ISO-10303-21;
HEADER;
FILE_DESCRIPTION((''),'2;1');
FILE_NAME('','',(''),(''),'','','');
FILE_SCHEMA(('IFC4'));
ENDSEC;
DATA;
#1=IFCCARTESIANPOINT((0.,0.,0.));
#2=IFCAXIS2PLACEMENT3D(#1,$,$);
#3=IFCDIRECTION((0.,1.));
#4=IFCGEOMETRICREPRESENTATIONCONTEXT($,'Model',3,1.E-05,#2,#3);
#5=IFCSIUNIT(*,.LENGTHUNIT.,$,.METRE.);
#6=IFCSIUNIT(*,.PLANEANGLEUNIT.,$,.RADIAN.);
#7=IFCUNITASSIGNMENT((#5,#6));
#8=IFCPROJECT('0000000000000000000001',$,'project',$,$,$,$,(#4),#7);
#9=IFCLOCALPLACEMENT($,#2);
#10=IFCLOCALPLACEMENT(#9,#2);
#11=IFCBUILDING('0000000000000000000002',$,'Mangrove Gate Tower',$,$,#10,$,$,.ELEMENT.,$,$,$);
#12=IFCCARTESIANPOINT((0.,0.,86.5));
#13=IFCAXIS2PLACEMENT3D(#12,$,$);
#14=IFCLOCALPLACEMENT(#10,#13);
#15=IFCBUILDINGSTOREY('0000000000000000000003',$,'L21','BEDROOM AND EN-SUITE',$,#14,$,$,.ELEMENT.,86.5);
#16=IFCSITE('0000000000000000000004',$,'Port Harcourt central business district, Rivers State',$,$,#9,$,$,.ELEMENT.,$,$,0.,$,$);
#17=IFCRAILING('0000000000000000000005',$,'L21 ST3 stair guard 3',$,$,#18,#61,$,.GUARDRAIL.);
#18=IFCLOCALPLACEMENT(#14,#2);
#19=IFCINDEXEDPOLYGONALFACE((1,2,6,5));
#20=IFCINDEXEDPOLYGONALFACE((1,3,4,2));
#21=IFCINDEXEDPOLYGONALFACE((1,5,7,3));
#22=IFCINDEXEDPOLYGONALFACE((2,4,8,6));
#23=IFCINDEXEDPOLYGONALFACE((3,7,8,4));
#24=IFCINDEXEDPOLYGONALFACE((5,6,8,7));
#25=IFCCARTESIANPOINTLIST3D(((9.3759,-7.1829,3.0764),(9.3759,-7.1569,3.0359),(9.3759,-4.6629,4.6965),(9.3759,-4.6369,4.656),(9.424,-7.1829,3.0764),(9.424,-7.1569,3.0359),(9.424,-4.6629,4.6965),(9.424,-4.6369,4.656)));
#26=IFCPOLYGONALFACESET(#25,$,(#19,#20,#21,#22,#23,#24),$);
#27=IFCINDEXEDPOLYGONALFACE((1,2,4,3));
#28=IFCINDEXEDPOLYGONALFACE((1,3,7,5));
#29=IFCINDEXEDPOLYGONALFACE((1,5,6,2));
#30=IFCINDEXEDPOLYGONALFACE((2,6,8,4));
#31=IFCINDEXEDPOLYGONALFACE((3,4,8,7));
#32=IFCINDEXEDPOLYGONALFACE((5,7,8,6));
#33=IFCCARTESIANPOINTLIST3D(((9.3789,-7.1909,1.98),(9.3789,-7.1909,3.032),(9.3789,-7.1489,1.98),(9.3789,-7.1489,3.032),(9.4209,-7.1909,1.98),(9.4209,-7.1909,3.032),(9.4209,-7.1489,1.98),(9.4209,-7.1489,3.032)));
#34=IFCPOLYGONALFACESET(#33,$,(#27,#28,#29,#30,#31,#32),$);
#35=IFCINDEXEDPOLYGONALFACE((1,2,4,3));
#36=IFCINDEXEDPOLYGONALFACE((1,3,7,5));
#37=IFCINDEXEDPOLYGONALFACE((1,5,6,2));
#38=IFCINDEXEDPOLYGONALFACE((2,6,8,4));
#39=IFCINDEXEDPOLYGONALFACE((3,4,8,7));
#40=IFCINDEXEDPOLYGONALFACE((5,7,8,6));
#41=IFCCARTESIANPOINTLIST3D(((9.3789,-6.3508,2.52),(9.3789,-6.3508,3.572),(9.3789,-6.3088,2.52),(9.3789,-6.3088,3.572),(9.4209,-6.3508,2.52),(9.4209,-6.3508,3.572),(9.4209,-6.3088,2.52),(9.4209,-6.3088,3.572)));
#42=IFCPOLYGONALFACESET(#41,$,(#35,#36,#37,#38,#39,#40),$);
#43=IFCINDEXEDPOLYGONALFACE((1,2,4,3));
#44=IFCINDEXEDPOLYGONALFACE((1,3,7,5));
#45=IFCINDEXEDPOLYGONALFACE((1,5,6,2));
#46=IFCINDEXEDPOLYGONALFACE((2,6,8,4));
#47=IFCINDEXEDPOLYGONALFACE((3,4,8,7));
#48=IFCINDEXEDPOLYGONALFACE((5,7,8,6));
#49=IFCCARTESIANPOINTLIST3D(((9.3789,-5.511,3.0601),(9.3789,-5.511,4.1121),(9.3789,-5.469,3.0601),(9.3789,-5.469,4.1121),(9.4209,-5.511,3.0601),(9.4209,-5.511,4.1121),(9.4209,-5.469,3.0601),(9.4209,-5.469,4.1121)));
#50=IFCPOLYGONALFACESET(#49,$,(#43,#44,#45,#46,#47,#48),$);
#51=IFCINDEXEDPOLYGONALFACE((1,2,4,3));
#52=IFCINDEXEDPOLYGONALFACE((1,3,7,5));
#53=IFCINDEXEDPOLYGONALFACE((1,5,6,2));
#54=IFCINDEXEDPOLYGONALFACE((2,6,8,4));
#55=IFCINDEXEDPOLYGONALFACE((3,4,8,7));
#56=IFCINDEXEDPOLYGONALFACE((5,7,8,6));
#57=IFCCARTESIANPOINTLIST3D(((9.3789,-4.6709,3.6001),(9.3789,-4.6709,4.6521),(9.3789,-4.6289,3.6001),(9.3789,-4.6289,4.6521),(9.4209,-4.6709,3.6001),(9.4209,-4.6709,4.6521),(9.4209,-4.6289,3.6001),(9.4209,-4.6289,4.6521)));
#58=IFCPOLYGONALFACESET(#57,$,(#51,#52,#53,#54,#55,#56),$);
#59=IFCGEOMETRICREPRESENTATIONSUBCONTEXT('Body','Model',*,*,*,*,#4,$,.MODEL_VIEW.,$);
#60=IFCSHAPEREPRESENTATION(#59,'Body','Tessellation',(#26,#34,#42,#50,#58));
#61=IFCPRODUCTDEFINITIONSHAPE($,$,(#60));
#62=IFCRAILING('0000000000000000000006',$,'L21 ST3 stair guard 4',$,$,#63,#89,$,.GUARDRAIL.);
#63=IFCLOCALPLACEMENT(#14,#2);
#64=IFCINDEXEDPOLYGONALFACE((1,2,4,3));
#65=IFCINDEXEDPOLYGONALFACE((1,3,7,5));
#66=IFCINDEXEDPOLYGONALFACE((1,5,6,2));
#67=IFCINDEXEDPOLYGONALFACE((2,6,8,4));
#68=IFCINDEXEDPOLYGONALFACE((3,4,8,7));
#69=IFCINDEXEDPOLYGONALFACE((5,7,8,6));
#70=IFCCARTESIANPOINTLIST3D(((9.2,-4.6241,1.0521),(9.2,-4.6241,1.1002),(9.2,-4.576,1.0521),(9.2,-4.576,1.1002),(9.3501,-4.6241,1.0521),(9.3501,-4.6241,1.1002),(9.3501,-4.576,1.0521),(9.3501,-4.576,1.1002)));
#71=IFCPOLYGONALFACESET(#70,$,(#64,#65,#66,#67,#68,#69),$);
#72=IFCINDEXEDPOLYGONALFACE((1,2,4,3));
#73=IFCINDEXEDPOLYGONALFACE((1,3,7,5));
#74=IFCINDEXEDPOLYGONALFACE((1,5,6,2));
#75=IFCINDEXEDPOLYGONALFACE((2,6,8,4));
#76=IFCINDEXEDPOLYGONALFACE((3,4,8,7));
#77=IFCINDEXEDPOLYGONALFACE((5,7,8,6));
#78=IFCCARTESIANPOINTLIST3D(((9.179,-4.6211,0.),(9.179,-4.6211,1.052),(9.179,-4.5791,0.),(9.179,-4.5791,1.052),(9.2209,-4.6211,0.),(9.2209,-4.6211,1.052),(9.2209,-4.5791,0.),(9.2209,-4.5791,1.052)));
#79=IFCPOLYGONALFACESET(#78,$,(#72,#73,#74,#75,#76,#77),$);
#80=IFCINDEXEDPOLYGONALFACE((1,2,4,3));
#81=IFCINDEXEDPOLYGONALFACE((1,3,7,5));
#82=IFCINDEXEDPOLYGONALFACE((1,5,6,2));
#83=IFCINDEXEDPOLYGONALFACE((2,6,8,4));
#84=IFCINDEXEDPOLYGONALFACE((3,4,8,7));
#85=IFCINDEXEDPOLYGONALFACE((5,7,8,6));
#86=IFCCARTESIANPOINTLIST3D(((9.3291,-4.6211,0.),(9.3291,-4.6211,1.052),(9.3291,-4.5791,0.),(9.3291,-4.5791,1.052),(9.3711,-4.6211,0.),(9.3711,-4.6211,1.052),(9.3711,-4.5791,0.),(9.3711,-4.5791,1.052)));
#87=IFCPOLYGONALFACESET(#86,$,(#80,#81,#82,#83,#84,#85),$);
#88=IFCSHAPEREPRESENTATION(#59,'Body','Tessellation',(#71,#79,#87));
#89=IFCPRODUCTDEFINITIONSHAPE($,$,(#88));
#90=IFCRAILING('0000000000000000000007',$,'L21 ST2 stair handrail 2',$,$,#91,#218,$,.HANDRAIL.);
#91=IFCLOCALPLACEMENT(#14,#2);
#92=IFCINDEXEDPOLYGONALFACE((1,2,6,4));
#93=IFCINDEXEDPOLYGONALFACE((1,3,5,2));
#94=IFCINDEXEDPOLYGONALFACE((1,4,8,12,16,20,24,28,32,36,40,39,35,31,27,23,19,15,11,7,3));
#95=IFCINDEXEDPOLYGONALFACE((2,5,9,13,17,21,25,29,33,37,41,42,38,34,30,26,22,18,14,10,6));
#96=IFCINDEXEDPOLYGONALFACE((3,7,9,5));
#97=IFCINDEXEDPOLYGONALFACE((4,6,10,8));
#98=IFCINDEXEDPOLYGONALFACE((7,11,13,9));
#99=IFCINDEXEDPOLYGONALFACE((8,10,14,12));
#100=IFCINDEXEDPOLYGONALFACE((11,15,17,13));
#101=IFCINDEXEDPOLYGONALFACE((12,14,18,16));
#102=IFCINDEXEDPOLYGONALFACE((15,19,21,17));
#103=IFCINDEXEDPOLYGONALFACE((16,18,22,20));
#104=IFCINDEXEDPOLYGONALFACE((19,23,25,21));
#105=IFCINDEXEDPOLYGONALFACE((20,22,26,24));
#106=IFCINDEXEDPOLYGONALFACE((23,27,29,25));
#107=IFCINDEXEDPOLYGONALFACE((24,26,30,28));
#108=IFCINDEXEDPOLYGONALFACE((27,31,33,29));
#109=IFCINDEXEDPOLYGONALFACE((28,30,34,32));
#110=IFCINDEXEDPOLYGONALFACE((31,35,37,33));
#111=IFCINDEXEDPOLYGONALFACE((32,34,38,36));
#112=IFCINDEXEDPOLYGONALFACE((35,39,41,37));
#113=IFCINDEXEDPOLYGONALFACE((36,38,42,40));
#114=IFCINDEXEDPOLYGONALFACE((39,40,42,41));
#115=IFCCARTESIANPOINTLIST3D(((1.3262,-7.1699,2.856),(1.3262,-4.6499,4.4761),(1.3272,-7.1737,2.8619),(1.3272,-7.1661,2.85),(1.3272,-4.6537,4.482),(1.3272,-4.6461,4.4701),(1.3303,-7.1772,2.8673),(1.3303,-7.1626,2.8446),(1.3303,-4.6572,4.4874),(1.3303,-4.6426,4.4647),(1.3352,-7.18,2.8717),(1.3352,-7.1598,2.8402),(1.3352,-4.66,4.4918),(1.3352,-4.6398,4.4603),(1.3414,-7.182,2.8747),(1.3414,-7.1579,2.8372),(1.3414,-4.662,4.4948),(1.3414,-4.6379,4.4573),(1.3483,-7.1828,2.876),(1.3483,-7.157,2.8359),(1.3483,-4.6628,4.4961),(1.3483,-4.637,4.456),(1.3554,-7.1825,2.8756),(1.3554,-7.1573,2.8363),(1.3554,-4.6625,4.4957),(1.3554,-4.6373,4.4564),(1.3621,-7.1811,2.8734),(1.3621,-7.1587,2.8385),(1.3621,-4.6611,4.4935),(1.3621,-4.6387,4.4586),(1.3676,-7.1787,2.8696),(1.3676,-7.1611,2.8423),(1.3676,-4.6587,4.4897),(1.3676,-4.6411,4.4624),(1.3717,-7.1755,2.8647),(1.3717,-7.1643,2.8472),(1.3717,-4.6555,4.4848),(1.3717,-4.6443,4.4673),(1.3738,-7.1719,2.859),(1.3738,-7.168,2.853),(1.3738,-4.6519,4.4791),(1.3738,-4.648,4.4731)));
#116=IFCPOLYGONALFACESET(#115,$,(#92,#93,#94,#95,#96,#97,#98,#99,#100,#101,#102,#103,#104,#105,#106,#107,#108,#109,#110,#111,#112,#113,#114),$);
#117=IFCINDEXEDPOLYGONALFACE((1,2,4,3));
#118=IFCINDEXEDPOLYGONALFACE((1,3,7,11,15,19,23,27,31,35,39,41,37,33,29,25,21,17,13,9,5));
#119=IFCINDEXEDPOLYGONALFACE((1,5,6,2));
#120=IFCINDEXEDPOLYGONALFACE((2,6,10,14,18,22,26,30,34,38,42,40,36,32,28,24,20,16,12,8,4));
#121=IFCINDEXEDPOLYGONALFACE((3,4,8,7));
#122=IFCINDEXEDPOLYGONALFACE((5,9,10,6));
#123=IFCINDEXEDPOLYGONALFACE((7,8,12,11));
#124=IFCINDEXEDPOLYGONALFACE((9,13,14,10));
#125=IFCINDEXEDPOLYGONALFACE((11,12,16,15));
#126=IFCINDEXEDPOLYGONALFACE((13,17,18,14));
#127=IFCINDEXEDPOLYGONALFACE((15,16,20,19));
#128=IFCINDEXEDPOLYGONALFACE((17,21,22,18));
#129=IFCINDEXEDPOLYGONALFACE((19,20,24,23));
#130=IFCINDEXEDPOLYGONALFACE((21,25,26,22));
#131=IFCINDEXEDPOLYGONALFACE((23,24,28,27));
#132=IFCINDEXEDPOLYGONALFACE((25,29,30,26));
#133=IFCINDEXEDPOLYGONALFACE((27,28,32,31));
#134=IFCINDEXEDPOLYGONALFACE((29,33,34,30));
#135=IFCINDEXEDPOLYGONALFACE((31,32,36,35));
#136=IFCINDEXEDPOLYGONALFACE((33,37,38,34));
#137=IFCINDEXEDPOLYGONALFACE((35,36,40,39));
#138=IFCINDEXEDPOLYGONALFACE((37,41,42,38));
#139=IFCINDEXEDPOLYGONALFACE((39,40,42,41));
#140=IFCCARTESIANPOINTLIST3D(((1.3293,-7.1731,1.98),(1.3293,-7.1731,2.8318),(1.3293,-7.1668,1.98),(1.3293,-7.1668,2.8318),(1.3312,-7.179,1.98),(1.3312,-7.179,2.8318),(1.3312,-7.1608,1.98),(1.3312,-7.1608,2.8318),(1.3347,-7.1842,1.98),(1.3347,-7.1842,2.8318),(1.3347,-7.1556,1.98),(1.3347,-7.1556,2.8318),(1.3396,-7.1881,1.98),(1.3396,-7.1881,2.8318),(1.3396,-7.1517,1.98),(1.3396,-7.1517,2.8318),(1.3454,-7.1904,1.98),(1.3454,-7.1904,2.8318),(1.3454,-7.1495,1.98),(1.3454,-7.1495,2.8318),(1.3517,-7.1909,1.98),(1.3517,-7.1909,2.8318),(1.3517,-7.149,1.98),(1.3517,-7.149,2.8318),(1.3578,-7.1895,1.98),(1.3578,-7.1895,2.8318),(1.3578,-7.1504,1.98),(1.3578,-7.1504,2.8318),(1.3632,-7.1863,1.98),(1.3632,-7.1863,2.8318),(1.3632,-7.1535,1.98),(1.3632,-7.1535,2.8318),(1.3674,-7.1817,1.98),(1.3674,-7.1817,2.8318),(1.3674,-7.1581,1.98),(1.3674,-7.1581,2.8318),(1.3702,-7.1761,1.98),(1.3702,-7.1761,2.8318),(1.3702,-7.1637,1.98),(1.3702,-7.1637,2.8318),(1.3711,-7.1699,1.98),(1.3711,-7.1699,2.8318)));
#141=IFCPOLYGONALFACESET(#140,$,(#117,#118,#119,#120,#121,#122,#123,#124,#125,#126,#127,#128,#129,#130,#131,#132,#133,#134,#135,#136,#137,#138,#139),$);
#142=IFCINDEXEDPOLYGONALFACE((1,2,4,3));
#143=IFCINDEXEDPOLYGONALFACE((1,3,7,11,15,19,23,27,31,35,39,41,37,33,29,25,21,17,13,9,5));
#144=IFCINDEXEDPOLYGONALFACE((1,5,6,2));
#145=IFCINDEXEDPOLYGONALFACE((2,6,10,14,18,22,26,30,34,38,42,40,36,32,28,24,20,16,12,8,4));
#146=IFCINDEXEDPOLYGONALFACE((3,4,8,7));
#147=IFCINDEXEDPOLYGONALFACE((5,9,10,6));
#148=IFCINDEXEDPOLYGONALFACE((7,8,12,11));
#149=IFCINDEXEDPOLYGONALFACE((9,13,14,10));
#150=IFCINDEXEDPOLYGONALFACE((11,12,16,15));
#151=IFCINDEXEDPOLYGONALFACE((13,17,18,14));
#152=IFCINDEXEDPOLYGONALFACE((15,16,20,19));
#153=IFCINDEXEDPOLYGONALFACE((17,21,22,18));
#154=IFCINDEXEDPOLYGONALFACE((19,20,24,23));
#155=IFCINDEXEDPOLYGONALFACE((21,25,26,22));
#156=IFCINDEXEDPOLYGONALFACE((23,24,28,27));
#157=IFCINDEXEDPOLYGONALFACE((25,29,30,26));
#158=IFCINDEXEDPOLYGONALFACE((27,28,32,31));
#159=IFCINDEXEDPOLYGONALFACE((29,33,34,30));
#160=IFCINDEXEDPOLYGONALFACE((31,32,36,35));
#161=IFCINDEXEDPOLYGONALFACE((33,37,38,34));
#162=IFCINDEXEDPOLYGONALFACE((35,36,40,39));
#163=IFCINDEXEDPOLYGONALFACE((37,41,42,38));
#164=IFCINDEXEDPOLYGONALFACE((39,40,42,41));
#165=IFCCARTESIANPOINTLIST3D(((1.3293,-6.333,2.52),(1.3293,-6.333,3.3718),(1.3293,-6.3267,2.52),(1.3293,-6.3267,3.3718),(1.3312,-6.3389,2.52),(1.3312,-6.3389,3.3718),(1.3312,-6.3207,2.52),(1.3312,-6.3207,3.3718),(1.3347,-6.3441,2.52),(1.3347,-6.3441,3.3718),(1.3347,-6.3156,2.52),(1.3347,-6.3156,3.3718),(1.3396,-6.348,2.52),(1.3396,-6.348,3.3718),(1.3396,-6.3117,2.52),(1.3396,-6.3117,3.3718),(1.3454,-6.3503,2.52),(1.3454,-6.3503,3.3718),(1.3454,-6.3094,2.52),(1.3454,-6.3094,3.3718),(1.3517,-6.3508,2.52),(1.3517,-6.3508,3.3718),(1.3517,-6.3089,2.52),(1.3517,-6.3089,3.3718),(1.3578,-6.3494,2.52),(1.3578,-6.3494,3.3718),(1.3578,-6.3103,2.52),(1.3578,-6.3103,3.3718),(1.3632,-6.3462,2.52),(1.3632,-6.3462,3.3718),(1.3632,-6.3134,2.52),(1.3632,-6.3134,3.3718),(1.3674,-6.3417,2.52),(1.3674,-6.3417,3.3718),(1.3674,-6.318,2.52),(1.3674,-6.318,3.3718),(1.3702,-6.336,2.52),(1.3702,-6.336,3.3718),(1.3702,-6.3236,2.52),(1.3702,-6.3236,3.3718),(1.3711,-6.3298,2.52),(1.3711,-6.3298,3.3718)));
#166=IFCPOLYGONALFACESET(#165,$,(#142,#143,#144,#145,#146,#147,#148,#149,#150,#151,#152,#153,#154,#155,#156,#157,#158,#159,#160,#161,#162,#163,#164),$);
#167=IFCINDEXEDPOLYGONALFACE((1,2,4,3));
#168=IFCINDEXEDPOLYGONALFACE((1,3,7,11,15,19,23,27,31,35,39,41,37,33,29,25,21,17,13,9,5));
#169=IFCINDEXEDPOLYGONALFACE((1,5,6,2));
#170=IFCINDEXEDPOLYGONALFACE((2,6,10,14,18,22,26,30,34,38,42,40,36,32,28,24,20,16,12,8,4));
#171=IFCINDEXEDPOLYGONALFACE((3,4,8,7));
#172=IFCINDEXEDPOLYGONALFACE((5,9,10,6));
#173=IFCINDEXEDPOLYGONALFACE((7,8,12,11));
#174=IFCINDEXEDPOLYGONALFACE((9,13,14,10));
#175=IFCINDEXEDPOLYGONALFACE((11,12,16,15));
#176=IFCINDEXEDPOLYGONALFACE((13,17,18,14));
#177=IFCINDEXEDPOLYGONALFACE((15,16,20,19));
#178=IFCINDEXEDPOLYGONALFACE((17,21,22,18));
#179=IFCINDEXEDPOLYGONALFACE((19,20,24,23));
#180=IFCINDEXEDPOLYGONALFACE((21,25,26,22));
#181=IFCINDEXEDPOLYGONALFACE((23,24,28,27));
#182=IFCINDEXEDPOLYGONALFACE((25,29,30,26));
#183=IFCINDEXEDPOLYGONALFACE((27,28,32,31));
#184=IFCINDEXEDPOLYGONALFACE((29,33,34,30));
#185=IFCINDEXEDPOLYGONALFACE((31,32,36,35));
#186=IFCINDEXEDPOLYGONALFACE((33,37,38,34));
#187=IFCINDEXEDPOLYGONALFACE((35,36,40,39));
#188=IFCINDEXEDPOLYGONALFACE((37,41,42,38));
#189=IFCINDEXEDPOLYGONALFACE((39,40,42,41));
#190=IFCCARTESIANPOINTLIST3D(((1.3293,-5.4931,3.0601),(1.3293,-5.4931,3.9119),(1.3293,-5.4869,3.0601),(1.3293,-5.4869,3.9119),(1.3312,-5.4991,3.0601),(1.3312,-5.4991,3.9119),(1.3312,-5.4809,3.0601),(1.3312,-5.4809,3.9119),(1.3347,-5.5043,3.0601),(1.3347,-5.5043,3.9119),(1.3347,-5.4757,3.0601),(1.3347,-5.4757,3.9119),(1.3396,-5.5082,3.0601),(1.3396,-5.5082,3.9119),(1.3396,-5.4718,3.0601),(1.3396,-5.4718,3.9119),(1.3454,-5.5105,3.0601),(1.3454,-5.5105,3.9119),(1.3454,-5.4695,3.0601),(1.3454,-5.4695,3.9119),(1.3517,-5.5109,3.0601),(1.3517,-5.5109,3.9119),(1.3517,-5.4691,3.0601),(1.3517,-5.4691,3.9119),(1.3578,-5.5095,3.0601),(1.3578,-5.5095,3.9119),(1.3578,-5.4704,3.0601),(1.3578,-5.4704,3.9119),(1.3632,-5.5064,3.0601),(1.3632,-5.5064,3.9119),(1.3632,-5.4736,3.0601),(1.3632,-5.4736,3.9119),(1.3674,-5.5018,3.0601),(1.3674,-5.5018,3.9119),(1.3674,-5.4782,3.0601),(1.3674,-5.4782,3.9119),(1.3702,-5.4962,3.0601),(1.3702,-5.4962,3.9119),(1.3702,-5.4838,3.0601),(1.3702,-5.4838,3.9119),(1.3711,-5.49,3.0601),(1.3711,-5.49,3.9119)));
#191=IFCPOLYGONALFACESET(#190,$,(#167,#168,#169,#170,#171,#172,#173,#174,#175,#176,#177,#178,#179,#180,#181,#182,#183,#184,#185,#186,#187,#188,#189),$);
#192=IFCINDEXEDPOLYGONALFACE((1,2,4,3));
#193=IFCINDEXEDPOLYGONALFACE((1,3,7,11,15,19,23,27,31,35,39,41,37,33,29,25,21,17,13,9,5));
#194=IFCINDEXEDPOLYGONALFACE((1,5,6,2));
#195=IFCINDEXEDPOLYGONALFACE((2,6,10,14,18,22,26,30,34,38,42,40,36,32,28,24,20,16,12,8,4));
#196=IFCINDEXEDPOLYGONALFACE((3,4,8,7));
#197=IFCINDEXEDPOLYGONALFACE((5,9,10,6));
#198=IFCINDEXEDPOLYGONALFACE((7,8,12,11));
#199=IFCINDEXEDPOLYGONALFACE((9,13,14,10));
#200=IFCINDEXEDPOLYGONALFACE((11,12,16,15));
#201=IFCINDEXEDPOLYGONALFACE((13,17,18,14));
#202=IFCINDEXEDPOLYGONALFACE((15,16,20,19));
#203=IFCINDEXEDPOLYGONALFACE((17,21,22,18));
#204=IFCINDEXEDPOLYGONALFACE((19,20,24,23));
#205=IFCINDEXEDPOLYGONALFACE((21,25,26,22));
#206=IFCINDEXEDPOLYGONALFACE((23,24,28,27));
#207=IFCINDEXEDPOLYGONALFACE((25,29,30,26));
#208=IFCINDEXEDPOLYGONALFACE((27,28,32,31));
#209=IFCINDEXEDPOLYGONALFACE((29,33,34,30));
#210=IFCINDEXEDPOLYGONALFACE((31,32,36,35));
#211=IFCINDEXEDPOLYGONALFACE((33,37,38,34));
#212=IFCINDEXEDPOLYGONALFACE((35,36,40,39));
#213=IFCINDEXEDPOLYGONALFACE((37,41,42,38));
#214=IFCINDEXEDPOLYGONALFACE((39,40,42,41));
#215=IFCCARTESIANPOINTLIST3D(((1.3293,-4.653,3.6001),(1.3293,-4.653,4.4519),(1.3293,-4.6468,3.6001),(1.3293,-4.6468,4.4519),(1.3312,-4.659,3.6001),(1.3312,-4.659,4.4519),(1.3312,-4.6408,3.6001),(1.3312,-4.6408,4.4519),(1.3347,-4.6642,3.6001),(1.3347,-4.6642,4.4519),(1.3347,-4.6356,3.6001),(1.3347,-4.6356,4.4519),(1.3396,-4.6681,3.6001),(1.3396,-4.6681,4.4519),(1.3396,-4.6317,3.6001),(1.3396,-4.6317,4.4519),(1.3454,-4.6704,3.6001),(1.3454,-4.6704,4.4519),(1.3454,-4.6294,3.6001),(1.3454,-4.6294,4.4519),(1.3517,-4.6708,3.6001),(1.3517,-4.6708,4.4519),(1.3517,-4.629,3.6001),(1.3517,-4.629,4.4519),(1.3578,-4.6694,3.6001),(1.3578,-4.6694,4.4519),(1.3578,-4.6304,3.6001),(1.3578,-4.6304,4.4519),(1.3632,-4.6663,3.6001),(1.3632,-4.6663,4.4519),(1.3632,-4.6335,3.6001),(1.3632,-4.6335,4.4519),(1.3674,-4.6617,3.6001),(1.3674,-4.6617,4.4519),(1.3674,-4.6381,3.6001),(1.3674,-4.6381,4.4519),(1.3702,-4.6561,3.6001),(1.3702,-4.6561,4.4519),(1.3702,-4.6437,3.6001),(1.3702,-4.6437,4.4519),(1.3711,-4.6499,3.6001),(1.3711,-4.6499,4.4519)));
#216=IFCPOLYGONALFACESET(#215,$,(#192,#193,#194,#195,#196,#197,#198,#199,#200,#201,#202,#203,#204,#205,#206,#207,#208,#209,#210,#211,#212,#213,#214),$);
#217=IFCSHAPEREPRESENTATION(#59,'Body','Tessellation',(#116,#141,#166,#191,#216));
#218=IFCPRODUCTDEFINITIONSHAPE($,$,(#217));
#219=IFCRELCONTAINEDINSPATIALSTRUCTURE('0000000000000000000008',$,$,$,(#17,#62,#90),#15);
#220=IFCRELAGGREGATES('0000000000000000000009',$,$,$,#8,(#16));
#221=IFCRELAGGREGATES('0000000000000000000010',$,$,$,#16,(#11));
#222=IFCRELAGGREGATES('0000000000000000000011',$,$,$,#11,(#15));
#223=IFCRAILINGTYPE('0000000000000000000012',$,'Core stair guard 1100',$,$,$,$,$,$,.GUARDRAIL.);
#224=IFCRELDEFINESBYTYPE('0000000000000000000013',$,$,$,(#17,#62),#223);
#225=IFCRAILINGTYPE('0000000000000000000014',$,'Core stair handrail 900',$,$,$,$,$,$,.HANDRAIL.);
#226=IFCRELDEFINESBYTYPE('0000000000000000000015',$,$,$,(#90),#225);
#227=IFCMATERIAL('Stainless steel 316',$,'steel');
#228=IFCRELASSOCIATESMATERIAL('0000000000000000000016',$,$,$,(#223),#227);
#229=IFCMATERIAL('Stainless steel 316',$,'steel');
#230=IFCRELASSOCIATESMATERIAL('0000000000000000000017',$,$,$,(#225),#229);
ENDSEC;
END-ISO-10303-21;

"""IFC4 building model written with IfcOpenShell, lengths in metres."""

from ifc_helpers import new_model, si_unit, direction, frame, origin, origin_2d, place, context, subcontext, project, spatial, rectangle, circle, extrude, material, type_object, element, save


model = new_model("IFC4")

# Units and contexts
model_context = context("Model", 3, precision=1e-05, world=origin(), true_north=direction((0.0, 1.0)))
body_context = subcontext(model_context, "Body", "Model", "MODEL_VIEW")
ifc_project = project(units=[si_unit("LENGTHUNIT", "METRE"), si_unit("PLANEANGLEUNIT", "RADIAN")], contexts=[model_context])

# Site, building, storey
site_placement = place(None, origin())
site = spatial("IfcSite", under=ifc_project, at=site_placement, Name="Port Harcourt central business district, Rivers State", CompositionType="ELEMENT", RefElevation=0.0)
building_placement = place(site_placement, origin())
building = spatial("IfcBuilding", under=site, at=building_placement, Name="Mangrove Gate Tower", CompositionType="ELEMENT")
storey_placement = place(building_placement, frame((0.0, 0.0, 86.5)))
storey = spatial("IfcBuildingStorey", under=building, at=storey_placement, Name="L21", Description="BEDROOM AND EN-SUITE", CompositionType="ELEMENT", Elevation=86.5)

# Railings
ifc_material_1 = material(Name="Stainless steel 316", Category="steel")
railing_type_1 = type_object("IfcRailingType", Name="Core stair guard 1100", PredefinedType="GUARDRAIL", material=ifc_material_1)
railing_1_placement = place(storey_placement, frame((9.3999, -7.1699, 1.98)))
element("IfcRailing", 1, at=railing_1_placement, inside=storey, type_object=railing_type_1, Name="L21 ST3 stair guard 3", PredefinedType="GUARDRAIL", context=body_context, shape_type="SweptSolid", body=[
    extrude(rectangle(XDim=0.0481, YDim=0.0481, at=origin_2d()), frame((0.0, 0.0, 1.0762), z_axis=(0.0, 0.841163, 0.540782), x_axis=(-1.0, 0.0, 0.0)), (0.0, 0.0, 1.0), 2.9958),
    extrude(rectangle(XDim=0.042, YDim=0.042, at=origin_2d()), origin(), (0.0, 0.0, 1.0), 1.052),
    extrude(rectangle(XDim=0.042, YDim=0.042, at=origin_2d()), frame((0.0, 0.8401, 0.54)), (0.0, 0.0, 1.0), 1.052),
    extrude(rectangle(XDim=0.042, YDim=0.042, at=origin_2d()), frame((0.0, 1.6799, 1.0801)), (0.0, 0.0, 1.0), 1.052),
    extrude(rectangle(XDim=0.042, YDim=0.042, at=origin_2d()), frame((0.0, 2.52, 1.6201)), (0.0, 0.0, 1.0), 1.052),
])
railing_2_placement = place(storey_placement, frame((9.2, -4.6001, 0.0)))
element("IfcRailing", 2, at=railing_2_placement, inside=storey, type_object=railing_type_1, Name="L21 ST3 stair guard 4", PredefinedType="GUARDRAIL", context=body_context, shape_type="SweptSolid", body=[
    extrude(rectangle(XDim=0.0481, YDim=0.0481, at=origin_2d()), frame((0.0, 0.0, 1.0762), z_axis=(1.0, 0.0, 0.0), x_axis=(0.0, 1.0, 0.0)), (0.0, 0.0, 1.0), 0.1501),
    extrude(rectangle(XDim=0.042, YDim=0.042, at=origin_2d()), origin(), (0.0, 0.0, 1.0), 1.052),
    extrude(rectangle(XDim=0.042, YDim=0.042, at=origin_2d()), frame((0.1501, 0.0, 0.0)), (0.0, 0.0, 1.0), 1.052),
])
ifc_material_2 = material(Name="Stainless steel 316", Category="steel")
railing_type_2 = type_object("IfcRailingType", Name="Core stair handrail 900", PredefinedType="HANDRAIL", material=ifc_material_2)
railing_3_placement = place(storey_placement, frame((1.3501, -7.1699, 1.98)))
element("IfcRailing", 3, at=railing_3_placement, inside=storey, type_object=railing_type_2, Name="L21 ST2 stair handrail 2", PredefinedType="HANDRAIL", context=body_context, shape_type="SweptSolid", body=[
    extrude(circle(Radius=0.0239, at=origin_2d()), frame((0.0, 0.0, 0.876), z_axis=(0.0, 0.841163, 0.540782), x_axis=(-1.0, 0.0, 0.0)), (0.0, 0.0, 1.0), 2.9958),
    extrude(circle(Radius=0.021, at=origin_2d()), origin(), (0.0, 0.0, 1.0), 0.8518),
    extrude(circle(Radius=0.021, at=origin_2d()), frame((0.0, 0.8401, 0.54)), (0.0, 0.0, 1.0), 0.8518),
    extrude(circle(Radius=0.021, at=origin_2d()), frame((0.0, 1.6799, 1.0801)), (0.0, 0.0, 1.0), 0.8518),
    extrude(circle(Radius=0.021, at=origin_2d()), frame((0.0, 2.52, 1.6201)), (0.0, 0.0, 1.0), 0.8518),
])

save(model, "model.ifc")
